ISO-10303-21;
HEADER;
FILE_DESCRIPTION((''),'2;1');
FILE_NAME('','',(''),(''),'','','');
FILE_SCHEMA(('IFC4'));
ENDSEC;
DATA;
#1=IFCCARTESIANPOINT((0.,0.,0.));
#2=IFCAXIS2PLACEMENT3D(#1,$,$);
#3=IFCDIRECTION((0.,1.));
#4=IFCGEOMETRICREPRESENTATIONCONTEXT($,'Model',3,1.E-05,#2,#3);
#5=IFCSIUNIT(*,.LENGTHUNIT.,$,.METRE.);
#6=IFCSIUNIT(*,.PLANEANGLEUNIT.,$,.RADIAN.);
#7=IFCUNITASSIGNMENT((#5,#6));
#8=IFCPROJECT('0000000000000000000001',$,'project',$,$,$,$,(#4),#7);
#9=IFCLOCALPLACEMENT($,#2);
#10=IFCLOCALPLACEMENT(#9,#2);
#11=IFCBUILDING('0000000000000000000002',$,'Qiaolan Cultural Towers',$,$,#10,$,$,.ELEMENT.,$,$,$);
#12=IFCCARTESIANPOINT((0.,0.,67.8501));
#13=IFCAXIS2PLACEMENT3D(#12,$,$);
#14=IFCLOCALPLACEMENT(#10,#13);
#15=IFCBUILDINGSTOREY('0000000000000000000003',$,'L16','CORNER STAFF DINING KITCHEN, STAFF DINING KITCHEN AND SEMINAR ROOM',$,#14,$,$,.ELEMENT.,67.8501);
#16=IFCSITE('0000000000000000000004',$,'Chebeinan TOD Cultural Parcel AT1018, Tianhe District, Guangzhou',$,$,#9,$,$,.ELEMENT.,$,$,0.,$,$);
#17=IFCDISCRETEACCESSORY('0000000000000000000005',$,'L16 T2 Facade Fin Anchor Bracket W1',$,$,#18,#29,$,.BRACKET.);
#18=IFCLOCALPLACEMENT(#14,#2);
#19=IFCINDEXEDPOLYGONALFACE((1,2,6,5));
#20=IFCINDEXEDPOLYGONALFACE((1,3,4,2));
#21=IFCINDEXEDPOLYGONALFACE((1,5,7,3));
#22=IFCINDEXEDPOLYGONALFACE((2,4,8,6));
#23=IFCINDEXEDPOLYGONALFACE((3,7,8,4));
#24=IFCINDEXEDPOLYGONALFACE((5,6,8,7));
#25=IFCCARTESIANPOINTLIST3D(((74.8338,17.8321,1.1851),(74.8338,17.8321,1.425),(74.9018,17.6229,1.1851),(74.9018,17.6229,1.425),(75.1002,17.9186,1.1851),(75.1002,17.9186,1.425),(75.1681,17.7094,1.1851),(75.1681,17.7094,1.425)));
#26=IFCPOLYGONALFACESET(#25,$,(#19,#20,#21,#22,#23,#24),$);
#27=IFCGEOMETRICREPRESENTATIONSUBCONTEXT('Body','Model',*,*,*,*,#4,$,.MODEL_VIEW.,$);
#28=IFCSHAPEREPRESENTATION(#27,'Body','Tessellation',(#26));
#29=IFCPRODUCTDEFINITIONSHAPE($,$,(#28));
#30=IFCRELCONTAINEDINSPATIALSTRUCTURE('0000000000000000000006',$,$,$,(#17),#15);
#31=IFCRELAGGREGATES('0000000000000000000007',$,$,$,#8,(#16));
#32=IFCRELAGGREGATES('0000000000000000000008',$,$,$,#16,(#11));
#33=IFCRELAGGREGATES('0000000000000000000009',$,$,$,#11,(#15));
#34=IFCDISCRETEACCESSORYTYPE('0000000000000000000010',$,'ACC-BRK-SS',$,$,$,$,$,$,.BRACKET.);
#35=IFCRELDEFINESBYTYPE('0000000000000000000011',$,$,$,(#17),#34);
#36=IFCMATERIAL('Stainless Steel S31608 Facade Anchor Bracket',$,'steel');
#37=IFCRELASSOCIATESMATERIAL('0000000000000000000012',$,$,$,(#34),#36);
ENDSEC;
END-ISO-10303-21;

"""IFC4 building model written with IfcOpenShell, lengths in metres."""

from ifc_helpers import new_model, si_unit, direction, frame, origin, origin_2d, place, context, subcontext, project, spatial, rectangle, extrude, material, type_object, element, save


model = new_model("IFC4")

# Units and contexts
model_context = context("Model", 3, precision=1e-05, world=origin(), true_north=direction((0.0, 1.0)))
body_context = subcontext(model_context, "Body", "Model", "MODEL_VIEW")
ifc_project = project(units=[si_unit("LENGTHUNIT", "METRE"), si_unit("PLANEANGLEUNIT", "RADIAN")], contexts=[model_context])

# Site, building, storey
site_placement = place(None, origin())
site = spatial("IfcSite", under=ifc_project, at=site_placement, Name="Chebeinan TOD Cultural Parcel AT1018, Tianhe District, Guangzhou", CompositionType="ELEMENT", RefElevation=0.0)
building_placement = place(site_placement, origin())
building = spatial("IfcBuilding", under=site, at=building_placement, Name="Qiaolan Cultural Towers", CompositionType="ELEMENT")
storey_placement = place(building_placement, frame((0.0, 0.0, 67.8501)))
storey = spatial("IfcBuildingStorey", under=building, at=storey_placement, Name="L16", Description="CORNER STAFF DINING KITCHEN, STAFF DINING KITCHEN AND SEMINAR ROOM", CompositionType="ELEMENT", Elevation=67.8501)

# Discrete accessory
ifc_material_1 = material(Name="Stainless Steel S31608 Facade Anchor Bracket", Category="steel")
discrete_accessory_type = type_object("IfcDiscreteAccessoryType", Name="ACC-BRK-SS", PredefinedType="BRACKET", material=ifc_material_1)
discrete_accessory_placement = place(storey_placement, frame((75.001, 17.7708, 1.1851), z_axis=(0.0, 0.0, 1.0), x_axis=(0.951057, 0.309017, 0.0)))
element("IfcDiscreteAccessory", 1, at=discrete_accessory_placement, inside=storey, type_object=discrete_accessory_type, Name="L16 T2 Facade Fin Anchor Bracket W1", PredefinedType="BRACKET", context=body_context, shape_type="SweptSolid", body=[
    extrude(rectangle(XDim=0.28, YDim=0.22, at=origin_2d()), origin(), (0.0, 0.0, 1.0), 0.24),
])

save(model, "model.ifc")
